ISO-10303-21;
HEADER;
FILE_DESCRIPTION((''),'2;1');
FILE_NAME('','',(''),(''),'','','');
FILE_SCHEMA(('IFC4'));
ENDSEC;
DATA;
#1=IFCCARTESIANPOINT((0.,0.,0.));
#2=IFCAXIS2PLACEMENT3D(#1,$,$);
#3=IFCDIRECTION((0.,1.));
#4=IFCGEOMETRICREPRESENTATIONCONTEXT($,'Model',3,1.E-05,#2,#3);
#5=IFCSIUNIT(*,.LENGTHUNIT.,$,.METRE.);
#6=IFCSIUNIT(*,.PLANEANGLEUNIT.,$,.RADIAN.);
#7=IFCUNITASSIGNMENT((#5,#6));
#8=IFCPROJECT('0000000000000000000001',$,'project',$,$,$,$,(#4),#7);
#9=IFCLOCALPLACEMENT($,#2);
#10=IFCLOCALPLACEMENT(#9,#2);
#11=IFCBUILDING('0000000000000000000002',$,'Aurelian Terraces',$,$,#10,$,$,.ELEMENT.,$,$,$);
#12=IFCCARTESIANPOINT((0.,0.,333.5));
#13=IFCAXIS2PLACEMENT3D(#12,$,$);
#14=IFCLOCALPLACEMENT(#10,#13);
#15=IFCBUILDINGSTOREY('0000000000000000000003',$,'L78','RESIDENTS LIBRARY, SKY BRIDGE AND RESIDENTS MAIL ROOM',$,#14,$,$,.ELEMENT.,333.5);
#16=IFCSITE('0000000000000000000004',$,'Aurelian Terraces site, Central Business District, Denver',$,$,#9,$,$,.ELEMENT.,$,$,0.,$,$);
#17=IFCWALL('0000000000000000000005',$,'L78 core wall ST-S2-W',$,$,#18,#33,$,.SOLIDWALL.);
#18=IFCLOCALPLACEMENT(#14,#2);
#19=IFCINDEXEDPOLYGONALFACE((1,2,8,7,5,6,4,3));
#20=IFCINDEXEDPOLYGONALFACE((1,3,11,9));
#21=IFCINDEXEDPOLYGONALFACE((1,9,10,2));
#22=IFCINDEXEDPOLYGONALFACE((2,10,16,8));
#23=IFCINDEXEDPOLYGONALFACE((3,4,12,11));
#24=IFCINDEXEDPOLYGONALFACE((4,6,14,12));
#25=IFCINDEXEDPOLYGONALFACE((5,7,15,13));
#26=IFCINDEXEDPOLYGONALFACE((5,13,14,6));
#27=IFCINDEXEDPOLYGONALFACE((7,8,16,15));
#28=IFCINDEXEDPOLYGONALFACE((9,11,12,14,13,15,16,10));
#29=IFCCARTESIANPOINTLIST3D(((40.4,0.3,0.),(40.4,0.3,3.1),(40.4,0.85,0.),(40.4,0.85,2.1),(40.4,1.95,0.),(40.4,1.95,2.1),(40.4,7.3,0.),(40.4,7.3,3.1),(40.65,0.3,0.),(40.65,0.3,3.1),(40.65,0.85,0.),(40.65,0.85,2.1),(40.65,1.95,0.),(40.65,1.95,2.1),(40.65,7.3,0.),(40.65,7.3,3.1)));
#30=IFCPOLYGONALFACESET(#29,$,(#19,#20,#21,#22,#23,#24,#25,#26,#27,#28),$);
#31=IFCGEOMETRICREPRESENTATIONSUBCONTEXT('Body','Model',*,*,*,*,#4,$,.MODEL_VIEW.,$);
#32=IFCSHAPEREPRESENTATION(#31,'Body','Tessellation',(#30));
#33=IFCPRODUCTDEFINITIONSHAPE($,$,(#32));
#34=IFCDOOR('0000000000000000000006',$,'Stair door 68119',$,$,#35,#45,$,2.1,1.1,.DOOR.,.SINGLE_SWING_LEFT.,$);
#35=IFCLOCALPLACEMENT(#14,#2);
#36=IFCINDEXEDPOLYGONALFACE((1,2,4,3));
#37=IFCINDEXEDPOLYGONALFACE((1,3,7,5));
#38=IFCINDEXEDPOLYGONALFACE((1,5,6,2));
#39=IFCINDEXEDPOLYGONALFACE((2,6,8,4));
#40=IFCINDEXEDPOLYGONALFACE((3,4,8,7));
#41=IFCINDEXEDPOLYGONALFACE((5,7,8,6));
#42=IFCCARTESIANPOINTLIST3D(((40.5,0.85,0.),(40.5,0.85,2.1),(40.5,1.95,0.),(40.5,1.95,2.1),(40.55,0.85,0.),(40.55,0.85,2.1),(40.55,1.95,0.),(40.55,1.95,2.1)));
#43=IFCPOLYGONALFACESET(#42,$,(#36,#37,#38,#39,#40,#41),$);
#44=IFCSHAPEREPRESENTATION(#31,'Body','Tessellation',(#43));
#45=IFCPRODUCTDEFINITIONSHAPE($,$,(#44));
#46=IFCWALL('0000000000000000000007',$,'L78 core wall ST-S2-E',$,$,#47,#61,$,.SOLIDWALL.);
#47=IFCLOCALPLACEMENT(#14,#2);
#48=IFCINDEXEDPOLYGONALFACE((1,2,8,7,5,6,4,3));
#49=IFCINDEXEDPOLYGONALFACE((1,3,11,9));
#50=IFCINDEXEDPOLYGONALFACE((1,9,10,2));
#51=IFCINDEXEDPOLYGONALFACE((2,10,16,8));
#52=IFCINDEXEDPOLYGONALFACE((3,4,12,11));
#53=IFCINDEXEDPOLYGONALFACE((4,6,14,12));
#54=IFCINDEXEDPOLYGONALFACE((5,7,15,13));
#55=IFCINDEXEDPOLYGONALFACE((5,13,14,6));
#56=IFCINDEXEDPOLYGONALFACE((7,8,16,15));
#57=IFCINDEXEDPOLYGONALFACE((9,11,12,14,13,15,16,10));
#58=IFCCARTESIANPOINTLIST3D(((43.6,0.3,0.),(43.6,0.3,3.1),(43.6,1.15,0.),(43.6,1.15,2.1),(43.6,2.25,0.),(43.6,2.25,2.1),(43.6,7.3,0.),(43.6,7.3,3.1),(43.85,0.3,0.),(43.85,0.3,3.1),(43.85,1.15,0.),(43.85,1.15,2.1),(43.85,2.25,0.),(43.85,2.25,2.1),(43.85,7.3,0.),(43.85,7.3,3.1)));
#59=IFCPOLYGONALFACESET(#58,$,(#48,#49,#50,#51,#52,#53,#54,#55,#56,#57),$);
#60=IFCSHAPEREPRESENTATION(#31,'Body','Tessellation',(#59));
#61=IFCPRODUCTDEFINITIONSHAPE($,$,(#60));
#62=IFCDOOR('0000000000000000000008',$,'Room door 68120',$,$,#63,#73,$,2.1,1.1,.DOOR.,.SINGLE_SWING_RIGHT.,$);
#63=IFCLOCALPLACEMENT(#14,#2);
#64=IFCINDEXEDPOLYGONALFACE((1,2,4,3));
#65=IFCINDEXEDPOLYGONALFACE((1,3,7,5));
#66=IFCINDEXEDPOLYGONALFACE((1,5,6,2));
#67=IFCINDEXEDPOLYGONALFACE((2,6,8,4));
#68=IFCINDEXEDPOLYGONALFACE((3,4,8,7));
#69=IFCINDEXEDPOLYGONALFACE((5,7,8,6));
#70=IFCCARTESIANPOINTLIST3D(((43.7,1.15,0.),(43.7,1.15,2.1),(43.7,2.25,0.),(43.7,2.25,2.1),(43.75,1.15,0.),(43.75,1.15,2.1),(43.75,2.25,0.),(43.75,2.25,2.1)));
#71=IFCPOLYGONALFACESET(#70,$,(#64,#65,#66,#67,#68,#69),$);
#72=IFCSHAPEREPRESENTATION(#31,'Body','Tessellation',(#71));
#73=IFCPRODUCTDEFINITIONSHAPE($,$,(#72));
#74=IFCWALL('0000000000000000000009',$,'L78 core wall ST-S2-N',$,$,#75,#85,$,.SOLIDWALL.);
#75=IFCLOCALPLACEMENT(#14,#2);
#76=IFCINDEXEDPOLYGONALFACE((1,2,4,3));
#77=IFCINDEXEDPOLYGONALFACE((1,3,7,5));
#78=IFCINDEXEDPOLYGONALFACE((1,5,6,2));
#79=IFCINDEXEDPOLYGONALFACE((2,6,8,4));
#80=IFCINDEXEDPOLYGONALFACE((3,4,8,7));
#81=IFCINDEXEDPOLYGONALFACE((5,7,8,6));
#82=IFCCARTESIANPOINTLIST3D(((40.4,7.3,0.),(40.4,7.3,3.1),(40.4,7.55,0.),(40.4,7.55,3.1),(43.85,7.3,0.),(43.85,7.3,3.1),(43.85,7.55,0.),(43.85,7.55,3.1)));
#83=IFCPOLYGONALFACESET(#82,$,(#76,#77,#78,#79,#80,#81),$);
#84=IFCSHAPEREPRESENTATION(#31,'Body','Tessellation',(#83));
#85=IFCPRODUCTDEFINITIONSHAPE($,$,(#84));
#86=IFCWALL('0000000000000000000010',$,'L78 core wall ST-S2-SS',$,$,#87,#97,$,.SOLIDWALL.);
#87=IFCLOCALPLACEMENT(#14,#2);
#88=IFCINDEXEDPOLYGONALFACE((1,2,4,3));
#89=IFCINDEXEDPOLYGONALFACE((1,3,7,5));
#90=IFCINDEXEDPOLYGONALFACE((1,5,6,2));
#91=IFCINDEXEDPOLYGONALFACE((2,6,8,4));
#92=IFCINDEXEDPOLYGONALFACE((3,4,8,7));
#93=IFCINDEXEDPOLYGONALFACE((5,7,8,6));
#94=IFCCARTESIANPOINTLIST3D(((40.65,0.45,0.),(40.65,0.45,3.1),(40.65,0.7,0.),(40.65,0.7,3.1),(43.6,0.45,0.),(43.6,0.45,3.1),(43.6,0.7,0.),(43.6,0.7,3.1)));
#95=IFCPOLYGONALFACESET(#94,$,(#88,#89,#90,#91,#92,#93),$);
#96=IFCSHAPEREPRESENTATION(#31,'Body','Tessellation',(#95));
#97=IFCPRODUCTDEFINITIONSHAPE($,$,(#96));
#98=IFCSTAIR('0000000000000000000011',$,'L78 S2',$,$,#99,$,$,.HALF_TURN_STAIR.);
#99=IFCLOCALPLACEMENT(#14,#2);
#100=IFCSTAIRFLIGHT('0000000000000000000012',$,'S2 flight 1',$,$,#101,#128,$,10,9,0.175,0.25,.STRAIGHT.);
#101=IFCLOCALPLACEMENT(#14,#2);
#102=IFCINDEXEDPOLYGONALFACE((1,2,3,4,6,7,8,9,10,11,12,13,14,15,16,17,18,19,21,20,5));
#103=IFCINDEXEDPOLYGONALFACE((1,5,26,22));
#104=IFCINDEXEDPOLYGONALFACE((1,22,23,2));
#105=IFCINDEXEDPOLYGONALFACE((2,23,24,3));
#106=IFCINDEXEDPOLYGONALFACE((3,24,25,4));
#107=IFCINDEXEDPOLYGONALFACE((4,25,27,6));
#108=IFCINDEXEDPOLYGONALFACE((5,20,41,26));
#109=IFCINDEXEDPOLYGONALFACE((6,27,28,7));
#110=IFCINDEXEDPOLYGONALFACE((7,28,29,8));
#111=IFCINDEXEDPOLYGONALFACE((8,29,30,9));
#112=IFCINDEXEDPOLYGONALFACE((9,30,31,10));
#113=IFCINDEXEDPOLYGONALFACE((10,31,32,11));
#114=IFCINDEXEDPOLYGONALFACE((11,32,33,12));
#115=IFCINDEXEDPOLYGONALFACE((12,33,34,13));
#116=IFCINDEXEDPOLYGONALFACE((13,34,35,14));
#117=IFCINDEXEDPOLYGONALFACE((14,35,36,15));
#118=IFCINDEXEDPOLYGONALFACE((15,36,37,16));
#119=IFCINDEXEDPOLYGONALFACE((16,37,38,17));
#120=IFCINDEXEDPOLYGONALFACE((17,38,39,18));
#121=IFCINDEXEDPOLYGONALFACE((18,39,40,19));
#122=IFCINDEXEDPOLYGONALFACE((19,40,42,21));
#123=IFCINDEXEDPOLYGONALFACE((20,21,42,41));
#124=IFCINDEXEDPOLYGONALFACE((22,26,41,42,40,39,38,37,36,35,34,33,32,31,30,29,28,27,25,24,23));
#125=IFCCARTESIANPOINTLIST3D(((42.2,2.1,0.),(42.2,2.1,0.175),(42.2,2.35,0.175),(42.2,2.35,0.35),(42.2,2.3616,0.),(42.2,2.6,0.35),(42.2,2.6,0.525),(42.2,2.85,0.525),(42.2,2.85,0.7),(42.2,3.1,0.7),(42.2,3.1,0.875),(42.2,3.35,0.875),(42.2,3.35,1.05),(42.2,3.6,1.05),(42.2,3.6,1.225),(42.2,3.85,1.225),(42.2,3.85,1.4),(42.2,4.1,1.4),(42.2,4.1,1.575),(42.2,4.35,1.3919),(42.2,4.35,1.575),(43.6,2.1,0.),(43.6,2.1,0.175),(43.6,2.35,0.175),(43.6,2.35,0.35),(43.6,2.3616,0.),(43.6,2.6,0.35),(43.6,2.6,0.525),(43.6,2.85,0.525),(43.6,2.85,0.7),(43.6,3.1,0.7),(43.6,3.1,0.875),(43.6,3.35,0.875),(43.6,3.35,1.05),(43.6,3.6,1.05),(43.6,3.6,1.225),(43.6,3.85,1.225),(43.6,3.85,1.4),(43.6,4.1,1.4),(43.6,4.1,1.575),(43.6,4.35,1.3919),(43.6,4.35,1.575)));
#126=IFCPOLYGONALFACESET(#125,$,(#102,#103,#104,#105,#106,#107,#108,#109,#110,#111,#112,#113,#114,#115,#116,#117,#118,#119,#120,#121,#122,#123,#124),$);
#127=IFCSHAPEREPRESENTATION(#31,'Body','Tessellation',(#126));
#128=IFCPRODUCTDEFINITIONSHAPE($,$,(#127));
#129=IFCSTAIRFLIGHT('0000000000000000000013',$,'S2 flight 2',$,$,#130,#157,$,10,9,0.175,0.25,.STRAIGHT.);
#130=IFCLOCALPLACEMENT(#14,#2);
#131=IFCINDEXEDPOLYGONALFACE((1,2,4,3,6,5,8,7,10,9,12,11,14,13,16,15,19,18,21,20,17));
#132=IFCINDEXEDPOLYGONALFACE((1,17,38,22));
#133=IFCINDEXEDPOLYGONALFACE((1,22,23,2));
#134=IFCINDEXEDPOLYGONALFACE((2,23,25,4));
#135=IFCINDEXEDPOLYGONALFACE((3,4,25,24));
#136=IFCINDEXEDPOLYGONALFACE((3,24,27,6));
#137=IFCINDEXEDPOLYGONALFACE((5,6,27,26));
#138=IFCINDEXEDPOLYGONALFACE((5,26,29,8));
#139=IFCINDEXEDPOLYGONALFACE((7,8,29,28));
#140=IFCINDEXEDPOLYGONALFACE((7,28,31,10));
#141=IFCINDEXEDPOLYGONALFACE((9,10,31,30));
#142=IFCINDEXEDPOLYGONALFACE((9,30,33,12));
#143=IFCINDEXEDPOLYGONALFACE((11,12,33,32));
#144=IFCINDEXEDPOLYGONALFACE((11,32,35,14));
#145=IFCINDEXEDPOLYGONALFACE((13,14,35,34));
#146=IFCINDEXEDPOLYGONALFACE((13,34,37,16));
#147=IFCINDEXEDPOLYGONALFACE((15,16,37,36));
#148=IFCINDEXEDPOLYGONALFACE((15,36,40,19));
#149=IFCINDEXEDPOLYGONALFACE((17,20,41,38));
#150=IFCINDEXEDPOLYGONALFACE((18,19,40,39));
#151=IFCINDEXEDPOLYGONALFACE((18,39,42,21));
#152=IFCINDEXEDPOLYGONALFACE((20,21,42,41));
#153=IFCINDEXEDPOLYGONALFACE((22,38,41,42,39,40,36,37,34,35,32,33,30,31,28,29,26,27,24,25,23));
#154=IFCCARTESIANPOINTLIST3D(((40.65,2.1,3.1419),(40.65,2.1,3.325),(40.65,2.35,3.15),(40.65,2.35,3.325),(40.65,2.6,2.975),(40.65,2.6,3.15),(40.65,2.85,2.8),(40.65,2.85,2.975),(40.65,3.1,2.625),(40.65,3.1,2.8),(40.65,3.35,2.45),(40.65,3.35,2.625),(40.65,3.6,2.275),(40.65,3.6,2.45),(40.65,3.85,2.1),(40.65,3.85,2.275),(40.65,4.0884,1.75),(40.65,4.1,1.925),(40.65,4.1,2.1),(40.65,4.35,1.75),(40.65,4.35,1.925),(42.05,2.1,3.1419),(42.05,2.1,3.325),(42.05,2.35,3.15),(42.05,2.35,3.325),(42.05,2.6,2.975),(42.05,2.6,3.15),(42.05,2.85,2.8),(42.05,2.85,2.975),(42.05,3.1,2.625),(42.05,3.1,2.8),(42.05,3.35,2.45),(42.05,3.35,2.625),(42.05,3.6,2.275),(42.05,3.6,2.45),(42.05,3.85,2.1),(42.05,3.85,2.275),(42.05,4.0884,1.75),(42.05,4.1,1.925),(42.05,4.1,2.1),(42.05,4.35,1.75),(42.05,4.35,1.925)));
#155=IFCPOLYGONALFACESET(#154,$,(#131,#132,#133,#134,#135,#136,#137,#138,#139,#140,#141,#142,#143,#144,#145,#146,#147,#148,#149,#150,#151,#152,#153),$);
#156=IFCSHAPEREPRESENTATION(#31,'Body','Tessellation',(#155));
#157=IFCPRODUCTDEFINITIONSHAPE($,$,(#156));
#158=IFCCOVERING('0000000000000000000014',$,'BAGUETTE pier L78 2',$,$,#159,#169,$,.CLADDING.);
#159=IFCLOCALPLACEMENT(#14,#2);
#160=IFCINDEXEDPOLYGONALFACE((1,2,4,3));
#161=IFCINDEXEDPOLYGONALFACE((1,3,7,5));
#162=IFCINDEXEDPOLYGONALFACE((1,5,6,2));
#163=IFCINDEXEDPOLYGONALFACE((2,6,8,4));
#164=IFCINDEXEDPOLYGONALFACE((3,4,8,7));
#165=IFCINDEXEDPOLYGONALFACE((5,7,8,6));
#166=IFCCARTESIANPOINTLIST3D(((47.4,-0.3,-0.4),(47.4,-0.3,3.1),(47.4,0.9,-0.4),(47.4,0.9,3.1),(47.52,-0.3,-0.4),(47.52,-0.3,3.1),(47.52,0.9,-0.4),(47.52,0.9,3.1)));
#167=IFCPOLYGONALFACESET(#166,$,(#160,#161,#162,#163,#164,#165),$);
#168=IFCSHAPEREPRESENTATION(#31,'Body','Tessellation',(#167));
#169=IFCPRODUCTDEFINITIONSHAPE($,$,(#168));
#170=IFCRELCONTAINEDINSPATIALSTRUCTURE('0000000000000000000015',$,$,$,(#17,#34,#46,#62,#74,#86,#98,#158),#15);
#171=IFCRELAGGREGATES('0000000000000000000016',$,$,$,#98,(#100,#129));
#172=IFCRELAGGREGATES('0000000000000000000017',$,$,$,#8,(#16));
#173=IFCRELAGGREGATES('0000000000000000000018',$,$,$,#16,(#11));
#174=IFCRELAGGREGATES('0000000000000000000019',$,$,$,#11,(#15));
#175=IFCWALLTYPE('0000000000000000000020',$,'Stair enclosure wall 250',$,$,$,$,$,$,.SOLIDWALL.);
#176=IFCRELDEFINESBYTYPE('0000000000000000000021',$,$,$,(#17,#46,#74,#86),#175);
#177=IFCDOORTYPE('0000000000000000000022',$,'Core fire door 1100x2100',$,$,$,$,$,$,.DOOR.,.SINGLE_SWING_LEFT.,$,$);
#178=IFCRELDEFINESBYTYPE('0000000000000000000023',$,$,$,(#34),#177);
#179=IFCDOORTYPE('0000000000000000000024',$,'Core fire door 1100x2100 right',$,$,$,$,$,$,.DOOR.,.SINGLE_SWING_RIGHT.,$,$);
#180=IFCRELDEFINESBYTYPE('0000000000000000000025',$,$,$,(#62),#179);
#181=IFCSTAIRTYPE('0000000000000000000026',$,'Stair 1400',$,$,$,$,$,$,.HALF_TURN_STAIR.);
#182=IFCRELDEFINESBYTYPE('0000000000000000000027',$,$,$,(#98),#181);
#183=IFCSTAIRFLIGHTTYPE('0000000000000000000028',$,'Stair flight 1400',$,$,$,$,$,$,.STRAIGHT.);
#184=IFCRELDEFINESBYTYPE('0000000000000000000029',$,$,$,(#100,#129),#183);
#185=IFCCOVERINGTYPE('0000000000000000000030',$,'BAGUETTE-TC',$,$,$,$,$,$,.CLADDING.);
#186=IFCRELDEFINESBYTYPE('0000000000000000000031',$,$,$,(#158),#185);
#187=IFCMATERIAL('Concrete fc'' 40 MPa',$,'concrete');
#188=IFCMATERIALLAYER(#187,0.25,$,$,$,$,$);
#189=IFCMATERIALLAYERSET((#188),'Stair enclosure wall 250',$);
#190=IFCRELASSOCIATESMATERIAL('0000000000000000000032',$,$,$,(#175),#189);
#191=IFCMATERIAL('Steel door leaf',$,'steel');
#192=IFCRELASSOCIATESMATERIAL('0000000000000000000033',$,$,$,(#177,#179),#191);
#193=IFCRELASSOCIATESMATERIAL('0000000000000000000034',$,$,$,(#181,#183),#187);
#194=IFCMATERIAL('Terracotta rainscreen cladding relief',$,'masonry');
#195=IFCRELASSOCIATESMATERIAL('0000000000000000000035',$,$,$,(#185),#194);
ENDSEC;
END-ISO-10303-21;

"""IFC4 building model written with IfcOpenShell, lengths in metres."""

from ifc_helpers import new_model, si_unit, direction, frame, frame_2d, origin, origin_2d, place, context, subcontext, project, spatial, polyline, rectangle, outline, extrude, source, transform, mapped, material, layer, layer_set, type_object, element, fill, aggregate, save


model = new_model("IFC4")

# Units and contexts
model_context = context("Model", 3, precision=1e-05, world=origin(), true_north=direction((0.0, 1.0)))
body_context = subcontext(model_context, "Body", "Model", "MODEL_VIEW")
ifc_project = project(units=[si_unit("LENGTHUNIT", "METRE"), si_unit("PLANEANGLEUNIT", "RADIAN")], contexts=[model_context])

# Site, building, storey
site_placement = place(None, origin())
site = spatial("IfcSite", under=ifc_project, at=site_placement, Name="Aurelian Terraces site, Central Business District, Denver", CompositionType="ELEMENT", RefElevation=0.0)
building_placement = place(site_placement, origin())
building = spatial("IfcBuilding", under=site, at=building_placement, Name="Aurelian Terraces", CompositionType="ELEMENT")
storey_placement = place(building_placement, frame((0.0, 0.0, 333.5)))
storey = spatial("IfcBuildingStorey", under=building, at=storey_placement, Name="L78", Description="RESIDENTS LIBRARY, SKY BRIDGE AND RESIDENTS MAIL ROOM", CompositionType="ELEMENT", Elevation=333.5)

# Shared definitions
ifc_material_1 = material(Name="Concrete fc' 40 MPa", Category="concrete")

# Walls, openings, doors
ifc_layer_1 = layer(ifc_material_1, 0.25)
ifc_layer_set_1 = layer_set([ifc_layer_1], Name="Stair enclosure wall 250")
wall_type_1 = type_object("IfcWallType", Name="Stair enclosure wall 250", PredefinedType="SOLIDWALL", material=ifc_layer_set_1)
shared_shape_1 = source(origin(), body_context, "Body", "SweptSolid", [
    extrude(rectangle(XDim=7.0, YDim=0.25, at=frame_2d((3.5, 0.0))), origin(), (0.0, 0.0, 1.0), 3.1),
])
wall_1_placement = place(storey_placement, frame((40.525, 0.3, 0.0), z_axis=(0.0, 0.0, 1.0), x_axis=(0.0, 1.0, 0.0)))
wall_1 = element("IfcWall", 1, at=wall_1_placement, inside=storey, type_object=wall_type_1, Name="L78 core wall ST-S2-W", PredefinedType="SOLIDWALL", context=body_context, shape_type="MappedRepresentation", body=[
    mapped(shared_shape_1, transform((0.0, 0.0, 0.0), scale=1.0)),
])
shared_shape_2 = source(origin(), body_context, "Body", "SweptSolid", [
    extrude(rectangle(XDim=1.1, YDim=2.1, at=frame_2d((0.55, 1.05))), frame((0.0, 0.135, 0.0), z_axis=(0.0, -1.0, 0.0), x_axis=(1.0, 0.0, 0.0)), (0.0, 0.0, 1.0), 0.27),
])
opening_1_placement = place(wall_1_placement, frame((0.55, 0.0, 0.0)))
opening_1 = element("IfcOpeningElement", 2, at=opening_1_placement, cuts=wall_1, PredefinedType="OPENING", context=body_context, shape_type="MappedRepresentation", body=[
    mapped(shared_shape_2, transform((0.0, 0.0, 0.0), scale=1.0)),
])
ifc_material_2 = material(Name="Steel door leaf", Category="steel")
door_type_1 = type_object("IfcDoorType", Name="Core fire door 1100x2100", OperationType="SINGLE_SWING_LEFT", PredefinedType="DOOR", material=ifc_material_2)
shared_shape_3 = source(origin(), body_context, "Body", "SweptSolid", [
    extrude(rectangle(XDim=1.1, YDim=2.1, at=frame_2d((0.55, 1.05))), frame((0.0, 0.025, 0.0), z_axis=(0.0, -1.0, 0.0), x_axis=(1.0, 0.0, 0.0)), (0.0, 0.0, 1.0), 0.05),
])
door_1_placement = place(opening_1_placement, origin())
door_1 = element("IfcDoor", 3, at=door_1_placement, inside=storey, type_object=door_type_1, Name="Stair door 68119", OperationType="SINGLE_SWING_LEFT", OverallHeight=2.1, OverallWidth=1.1, PredefinedType="DOOR", context=body_context, shape_type="MappedRepresentation", body=[
    mapped(shared_shape_3, transform((0.0, 0.0, 0.0), scale=1.0)),
])
fill(opening_1, door_1)
wall_2_placement = place(storey_placement, frame((43.725, 0.3, 0.0), z_axis=(0.0, 0.0, 1.0), x_axis=(0.0, 1.0, 0.0)))
wall_2 = element("IfcWall", 4, at=wall_2_placement, inside=storey, type_object=wall_type_1, Name="L78 core wall ST-S2-E", PredefinedType="SOLIDWALL", context=body_context, shape_type="MappedRepresentation", body=[
    mapped(shared_shape_1, transform((0.0, 0.0, 0.0), scale=1.0)),
])
opening_2_placement = place(wall_2_placement, frame((0.85, 0.0, 0.0)))
opening_2 = element("IfcOpeningElement", 5, at=opening_2_placement, cuts=wall_2, PredefinedType="OPENING", context=body_context, shape_type="MappedRepresentation", body=[
    mapped(shared_shape_2, transform((0.0, 0.0, 0.0), scale=1.0)),
])
door_type_2 = type_object("IfcDoorType", Name="Core fire door 1100x2100 right", OperationType="SINGLE_SWING_RIGHT", PredefinedType="DOOR", material=ifc_material_2)
door_2_placement = place(opening_2_placement, origin())
door_2 = element("IfcDoor", 6, at=door_2_placement, inside=storey, type_object=door_type_2, Name="Room door 68120", OperationType="SINGLE_SWING_RIGHT", OverallHeight=2.1, OverallWidth=1.1, PredefinedType="DOOR", context=body_context, shape_type="MappedRepresentation", body=[
    mapped(shared_shape_3, transform((0.0, 0.0, 0.0), scale=1.0)),
])
fill(opening_2, door_2)

# Walls
shared_shape_4 = source(origin(), body_context, "Body", "SweptSolid", [
    extrude(rectangle(XDim=3.45, YDim=0.25, at=frame_2d((1.725, 0.0))), origin(), (0.0, 0.0, 1.0), 3.1),
])
wall_3_placement = place(storey_placement, frame((40.4, 7.425, 0.0), z_axis=(0.0, 0.0, 1.0), x_axis=(1.0, 0.0, 0.0)))
element("IfcWall", 7, at=wall_3_placement, inside=storey, type_object=wall_type_1, Name="L78 core wall ST-S2-N", PredefinedType="SOLIDWALL", context=body_context, shape_type="MappedRepresentation", body=[
    mapped(shared_shape_4, transform((0.0, 0.0, 0.0), scale=1.0)),
])
shared_shape_5 = source(origin(), body_context, "Body", "SweptSolid", [
    extrude(rectangle(XDim=2.95, YDim=0.25, at=frame_2d((1.475, 0.0))), origin(), (0.0, 0.0, 1.0), 3.1),
])
wall_4_placement = place(storey_placement, frame((40.65, 0.575, 0.0), z_axis=(0.0, 0.0, 1.0), x_axis=(1.0, 0.0, 0.0)))
element("IfcWall", 8, at=wall_4_placement, inside=storey, type_object=wall_type_1, Name="L78 core wall ST-S2-SS", PredefinedType="SOLIDWALL", context=body_context, shape_type="MappedRepresentation", body=[
    mapped(shared_shape_5, transform((0.0, 0.0, 0.0), scale=1.0)),
])

# Stair, stair flights
stair_type = type_object("IfcStairType", Name="Stair 1400", PredefinedType="HALF_TURN_STAIR", material=ifc_material_1)
stair_placement = place(storey_placement, origin())
stair = element("IfcStair", 9, at=stair_placement, inside=storey, type_object=stair_type, Name="L78 S2", PredefinedType="HALF_TURN_STAIR")
stair_flight_type = type_object("IfcStairFlightType", Name="Stair flight 1400", PredefinedType="STRAIGHT", material=ifc_material_1)
shared_shape_6 = source(origin(), body_context, "Body", "SweptSolid", [
    extrude(outline(polyline([(0.0, 0.0), (0.0, 0.175), (0.25, 0.175), (0.25, 0.35), (0.5, 0.35), (0.5, 0.525), (0.75, 0.525), (0.75, 0.7), (1.0, 0.7), (1.0, 0.875), (1.25, 0.875), (1.25, 1.05), (1.5, 1.05), (1.5, 1.225), (1.75, 1.225), (1.75, 1.4), (2.0, 1.4), (2.0, 1.575), (2.25, 1.575), (2.25, 1.75), (2.25, 1.3919), (0.2616, 0.0), (0.0, 0.0)])), frame((0.0, 0.7, 0.0), z_axis=(0.0, -1.0, 0.0), x_axis=(1.0, 0.0, 0.0)), (0.0, 0.0, 1.0), 1.4),
])
stair_flight_1_placement = place(storey_placement, frame((42.9, 2.1, 0.0), z_axis=(0.0, 0.0, 1.0), x_axis=(0.0, 1.0, 0.0)))
stair_flight_1 = element("IfcStairFlight", 10, at=stair_flight_1_placement, type_object=stair_flight_type, Name="S2 flight 1", NumberOfRisers=10, NumberOfTreads=9, PredefinedType="STRAIGHT", RiserHeight=0.175, TreadLength=0.25, context=body_context, shape_type="MappedRepresentation", body=[
    mapped(shared_shape_6, transform((0.0, 0.0, 0.0), scale=1.0)),
])
stair_flight_2_placement = place(storey_placement, frame((41.35, 4.35, 1.75), z_axis=(0.0, 0.0, 1.0), x_axis=(0.0, -1.0, 0.0)))
stair_flight_2 = element("IfcStairFlight", 11, at=stair_flight_2_placement, type_object=stair_flight_type, Name="S2 flight 2", NumberOfRisers=10, NumberOfTreads=9, PredefinedType="STRAIGHT", RiserHeight=0.175, TreadLength=0.25, context=body_context, shape_type="MappedRepresentation", body=[
    mapped(shared_shape_6, transform((0.0, 0.0, 0.0), scale=1.0)),
])
aggregate(stair, [stair_flight_1, stair_flight_2])

# Covering
ifc_material_3 = material(Name="Terracotta rainscreen cladding relief", Category="masonry")
covering_type = type_object("IfcCoveringType", Name="BAGUETTE-TC", PredefinedType="CLADDING", material=ifc_material_3)
covering_placement = place(storey_placement, frame((47.46, 0.3, -0.4), z_axis=(0.0, 0.0, 1.0), x_axis=(1.0, 0.0, 0.0)))
element("IfcCovering", 12, at=covering_placement, inside=storey, type_object=covering_type, Name="BAGUETTE pier L78 2", PredefinedType="CLADDING", context=body_context, shape_type="SweptSolid", body=[
    extrude(rectangle(XDim=0.12, YDim=1.2, at=origin_2d()), origin(), (0.0, 0.0, 1.0), 3.5),
])

save(model, "model.ifc")
